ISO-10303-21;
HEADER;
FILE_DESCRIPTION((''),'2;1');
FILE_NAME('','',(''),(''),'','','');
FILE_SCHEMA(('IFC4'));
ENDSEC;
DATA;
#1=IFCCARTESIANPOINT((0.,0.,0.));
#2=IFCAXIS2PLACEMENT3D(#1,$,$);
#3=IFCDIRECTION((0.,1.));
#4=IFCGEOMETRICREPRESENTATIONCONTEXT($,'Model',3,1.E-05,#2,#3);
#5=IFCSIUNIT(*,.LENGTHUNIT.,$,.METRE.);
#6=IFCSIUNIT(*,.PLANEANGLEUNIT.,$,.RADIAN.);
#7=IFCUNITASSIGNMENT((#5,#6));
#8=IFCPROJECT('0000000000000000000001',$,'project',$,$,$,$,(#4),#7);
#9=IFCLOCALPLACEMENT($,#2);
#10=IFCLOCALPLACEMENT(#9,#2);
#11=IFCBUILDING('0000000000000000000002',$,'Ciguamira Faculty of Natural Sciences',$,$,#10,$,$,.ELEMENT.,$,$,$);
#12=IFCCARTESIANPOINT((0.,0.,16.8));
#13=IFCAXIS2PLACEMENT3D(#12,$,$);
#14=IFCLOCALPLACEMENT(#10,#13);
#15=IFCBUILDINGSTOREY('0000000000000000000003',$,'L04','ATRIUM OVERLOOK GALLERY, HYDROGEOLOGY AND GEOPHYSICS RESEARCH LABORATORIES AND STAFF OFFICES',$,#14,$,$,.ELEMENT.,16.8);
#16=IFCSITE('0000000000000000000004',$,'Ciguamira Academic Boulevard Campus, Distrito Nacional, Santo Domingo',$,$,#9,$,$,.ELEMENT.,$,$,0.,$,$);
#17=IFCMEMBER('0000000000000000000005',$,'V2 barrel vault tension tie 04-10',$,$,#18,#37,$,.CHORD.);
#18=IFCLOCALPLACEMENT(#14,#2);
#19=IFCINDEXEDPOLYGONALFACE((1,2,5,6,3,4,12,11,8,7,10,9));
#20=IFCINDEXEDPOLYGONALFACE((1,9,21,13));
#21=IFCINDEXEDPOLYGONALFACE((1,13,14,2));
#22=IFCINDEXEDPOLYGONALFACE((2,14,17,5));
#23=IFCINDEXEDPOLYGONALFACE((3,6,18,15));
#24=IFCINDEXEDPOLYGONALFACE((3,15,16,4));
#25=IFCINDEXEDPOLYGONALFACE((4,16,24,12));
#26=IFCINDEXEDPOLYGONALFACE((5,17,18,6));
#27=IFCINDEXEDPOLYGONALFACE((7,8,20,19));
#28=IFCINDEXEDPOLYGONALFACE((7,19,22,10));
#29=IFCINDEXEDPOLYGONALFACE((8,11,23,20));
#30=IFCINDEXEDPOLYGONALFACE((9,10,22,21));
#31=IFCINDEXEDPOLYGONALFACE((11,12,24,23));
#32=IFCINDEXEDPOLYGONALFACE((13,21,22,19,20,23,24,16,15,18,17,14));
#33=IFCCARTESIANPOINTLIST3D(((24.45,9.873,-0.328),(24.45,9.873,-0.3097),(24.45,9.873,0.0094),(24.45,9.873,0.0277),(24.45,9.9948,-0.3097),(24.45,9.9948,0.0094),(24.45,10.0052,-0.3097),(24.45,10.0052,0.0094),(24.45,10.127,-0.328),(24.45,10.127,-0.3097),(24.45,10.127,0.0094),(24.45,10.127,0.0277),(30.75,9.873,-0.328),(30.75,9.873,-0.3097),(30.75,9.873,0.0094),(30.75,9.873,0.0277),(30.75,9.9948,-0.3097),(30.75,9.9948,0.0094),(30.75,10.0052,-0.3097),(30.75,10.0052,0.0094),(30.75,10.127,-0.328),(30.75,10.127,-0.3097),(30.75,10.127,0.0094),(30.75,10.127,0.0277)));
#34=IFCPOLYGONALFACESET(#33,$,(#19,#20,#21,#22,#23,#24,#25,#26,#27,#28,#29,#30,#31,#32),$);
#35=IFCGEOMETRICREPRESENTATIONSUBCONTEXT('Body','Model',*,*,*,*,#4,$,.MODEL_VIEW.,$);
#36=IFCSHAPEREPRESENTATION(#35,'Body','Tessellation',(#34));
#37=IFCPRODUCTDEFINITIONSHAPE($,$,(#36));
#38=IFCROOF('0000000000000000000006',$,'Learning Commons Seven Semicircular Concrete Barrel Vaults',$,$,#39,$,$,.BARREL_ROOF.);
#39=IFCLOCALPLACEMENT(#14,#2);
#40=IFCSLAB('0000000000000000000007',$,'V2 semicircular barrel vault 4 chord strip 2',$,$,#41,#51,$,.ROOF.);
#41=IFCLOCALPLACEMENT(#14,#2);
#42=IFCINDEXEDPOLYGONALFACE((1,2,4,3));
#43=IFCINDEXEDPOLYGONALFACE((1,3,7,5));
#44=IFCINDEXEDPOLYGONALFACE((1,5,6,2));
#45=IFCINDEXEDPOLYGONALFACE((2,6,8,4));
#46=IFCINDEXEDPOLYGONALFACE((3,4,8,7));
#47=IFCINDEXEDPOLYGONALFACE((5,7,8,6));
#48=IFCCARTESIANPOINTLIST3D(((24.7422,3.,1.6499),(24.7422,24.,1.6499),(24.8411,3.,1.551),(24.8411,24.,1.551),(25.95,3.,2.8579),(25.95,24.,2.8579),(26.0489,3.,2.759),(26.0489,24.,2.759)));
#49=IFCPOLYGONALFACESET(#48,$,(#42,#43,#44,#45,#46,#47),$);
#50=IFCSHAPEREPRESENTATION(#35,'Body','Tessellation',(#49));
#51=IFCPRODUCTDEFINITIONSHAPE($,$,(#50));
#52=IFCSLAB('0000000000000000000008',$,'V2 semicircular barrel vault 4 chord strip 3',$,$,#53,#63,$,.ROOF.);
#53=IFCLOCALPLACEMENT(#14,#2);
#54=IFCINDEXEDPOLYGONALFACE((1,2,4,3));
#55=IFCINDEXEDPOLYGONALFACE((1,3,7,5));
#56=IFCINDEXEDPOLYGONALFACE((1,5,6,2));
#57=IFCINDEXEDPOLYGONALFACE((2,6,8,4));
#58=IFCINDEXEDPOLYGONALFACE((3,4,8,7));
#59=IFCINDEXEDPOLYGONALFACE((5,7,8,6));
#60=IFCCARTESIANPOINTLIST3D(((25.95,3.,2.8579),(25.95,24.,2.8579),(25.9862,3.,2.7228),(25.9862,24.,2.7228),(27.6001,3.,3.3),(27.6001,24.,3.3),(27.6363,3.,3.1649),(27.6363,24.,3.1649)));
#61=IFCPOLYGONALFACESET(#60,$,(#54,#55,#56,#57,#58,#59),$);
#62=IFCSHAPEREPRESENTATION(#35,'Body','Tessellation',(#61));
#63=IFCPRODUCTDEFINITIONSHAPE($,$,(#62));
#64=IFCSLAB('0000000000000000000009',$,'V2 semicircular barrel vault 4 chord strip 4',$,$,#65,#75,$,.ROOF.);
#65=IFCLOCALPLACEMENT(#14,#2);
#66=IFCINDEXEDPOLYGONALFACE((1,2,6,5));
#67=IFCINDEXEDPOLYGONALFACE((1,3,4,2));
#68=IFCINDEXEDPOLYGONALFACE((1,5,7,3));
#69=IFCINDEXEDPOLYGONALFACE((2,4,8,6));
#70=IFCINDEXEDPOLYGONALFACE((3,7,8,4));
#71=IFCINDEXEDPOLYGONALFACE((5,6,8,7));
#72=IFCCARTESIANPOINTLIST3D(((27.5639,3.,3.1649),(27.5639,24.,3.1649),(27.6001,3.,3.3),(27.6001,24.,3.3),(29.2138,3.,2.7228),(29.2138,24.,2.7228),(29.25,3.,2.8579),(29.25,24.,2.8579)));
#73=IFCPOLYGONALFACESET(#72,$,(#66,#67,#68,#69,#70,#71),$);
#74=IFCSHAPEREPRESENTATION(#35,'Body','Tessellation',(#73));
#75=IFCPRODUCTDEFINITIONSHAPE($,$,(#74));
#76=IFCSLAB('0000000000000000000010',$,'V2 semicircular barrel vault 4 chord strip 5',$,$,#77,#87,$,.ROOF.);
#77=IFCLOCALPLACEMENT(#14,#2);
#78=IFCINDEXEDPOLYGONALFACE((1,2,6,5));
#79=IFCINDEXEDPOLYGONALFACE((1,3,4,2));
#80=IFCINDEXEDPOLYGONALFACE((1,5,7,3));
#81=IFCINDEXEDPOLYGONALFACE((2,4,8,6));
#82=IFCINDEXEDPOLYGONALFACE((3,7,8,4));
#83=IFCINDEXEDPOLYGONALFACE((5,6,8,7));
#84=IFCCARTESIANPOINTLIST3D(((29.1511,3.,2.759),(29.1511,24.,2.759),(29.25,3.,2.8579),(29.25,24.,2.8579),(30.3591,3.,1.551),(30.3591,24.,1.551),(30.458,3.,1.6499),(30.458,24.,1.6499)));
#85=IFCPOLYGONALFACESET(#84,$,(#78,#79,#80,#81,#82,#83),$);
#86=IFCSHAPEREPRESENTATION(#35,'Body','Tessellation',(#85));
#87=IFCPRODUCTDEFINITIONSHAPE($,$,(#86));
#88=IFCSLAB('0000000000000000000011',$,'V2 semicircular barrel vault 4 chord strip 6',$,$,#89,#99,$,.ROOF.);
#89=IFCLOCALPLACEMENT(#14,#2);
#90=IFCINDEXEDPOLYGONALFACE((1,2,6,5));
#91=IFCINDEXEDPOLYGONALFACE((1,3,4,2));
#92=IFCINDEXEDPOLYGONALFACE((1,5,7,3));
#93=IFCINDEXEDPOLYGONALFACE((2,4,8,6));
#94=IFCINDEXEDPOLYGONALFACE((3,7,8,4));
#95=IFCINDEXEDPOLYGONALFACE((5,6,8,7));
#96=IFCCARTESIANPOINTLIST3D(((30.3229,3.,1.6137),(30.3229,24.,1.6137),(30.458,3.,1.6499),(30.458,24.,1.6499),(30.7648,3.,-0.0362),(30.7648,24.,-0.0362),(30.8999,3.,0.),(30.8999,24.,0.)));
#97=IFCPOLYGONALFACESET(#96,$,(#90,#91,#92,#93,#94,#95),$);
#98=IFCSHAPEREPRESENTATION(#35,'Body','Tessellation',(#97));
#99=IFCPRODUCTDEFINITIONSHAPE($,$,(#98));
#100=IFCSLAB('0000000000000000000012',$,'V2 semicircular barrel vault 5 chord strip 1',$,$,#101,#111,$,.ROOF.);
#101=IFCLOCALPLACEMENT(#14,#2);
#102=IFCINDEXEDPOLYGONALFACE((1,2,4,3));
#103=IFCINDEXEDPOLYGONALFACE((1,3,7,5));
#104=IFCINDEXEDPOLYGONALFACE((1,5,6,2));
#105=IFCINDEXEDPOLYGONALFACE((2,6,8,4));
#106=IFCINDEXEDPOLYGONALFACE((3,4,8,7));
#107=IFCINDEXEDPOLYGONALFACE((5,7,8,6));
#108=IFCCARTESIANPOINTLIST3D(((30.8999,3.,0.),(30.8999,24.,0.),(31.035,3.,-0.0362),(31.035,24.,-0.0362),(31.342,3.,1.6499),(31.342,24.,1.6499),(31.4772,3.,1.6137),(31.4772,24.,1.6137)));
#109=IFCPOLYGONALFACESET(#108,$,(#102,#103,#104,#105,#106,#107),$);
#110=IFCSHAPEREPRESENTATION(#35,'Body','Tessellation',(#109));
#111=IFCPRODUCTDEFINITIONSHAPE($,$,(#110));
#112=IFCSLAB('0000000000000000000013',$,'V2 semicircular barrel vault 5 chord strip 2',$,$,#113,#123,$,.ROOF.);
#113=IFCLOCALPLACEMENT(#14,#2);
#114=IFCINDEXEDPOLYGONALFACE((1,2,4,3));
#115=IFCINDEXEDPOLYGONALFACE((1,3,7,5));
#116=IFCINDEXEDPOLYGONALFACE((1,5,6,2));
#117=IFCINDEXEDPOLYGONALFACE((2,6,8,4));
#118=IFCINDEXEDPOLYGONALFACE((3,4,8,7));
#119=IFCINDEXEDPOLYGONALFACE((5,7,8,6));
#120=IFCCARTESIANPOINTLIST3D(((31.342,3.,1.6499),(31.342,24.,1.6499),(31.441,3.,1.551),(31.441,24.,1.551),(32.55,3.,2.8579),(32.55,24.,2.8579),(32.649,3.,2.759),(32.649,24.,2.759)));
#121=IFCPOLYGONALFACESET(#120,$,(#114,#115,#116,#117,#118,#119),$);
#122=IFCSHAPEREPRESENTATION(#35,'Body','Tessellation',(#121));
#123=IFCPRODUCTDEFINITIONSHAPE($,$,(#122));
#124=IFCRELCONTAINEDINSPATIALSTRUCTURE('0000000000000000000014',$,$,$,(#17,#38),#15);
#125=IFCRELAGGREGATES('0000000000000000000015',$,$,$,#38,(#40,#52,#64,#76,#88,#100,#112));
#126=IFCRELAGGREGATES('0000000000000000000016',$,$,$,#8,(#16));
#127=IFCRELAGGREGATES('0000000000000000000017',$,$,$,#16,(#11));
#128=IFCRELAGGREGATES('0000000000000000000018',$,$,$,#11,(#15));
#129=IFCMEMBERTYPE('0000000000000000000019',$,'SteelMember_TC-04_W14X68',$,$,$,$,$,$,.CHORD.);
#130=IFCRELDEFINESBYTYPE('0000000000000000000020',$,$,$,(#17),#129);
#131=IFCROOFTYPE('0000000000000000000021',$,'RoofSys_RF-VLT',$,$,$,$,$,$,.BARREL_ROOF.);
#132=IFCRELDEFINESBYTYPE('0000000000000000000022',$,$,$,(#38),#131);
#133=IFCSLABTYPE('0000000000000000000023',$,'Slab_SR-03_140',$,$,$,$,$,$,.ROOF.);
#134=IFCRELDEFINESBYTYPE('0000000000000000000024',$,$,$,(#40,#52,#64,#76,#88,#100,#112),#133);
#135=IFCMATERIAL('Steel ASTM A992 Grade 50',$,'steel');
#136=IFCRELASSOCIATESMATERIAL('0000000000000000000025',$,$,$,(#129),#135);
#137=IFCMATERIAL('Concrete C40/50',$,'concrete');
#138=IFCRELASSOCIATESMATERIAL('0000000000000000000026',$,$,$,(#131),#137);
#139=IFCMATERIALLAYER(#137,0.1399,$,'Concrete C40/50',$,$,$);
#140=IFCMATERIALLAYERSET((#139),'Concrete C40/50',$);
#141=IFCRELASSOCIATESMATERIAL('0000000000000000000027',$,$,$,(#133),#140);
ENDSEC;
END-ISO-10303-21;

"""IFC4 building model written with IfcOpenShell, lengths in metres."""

from ifc_helpers import new_model, si_unit, direction, frame, origin, origin_2d, place, context, subcontext, project, spatial, polyline, i_section, outline, extrude, material, layer, layer_set, material_profile, profile_set, type_object, element, aggregate, save


model = new_model("IFC4")

# Units and contexts
model_context = context("Model", 3, precision=1e-05, world=origin(), true_north=direction((0.0, 1.0)))
body_context = subcontext(model_context, "Body", "Model", "MODEL_VIEW")
ifc_project = project(units=[si_unit("LENGTHUNIT", "METRE"), si_unit("PLANEANGLEUNIT", "RADIAN")], contexts=[model_context])

# Site, building, storey
site_placement = place(None, origin())
site = spatial("IfcSite", under=ifc_project, at=site_placement, Name="Ciguamira Academic Boulevard Campus, Distrito Nacional, Santo Domingo", CompositionType="ELEMENT", RefElevation=0.0)
building_placement = place(site_placement, origin())
building = spatial("IfcBuilding", under=site, at=building_placement, Name="Ciguamira Faculty of Natural Sciences", CompositionType="ELEMENT")
storey_placement = place(building_placement, frame((0.0, 0.0, 16.8)))
storey = spatial("IfcBuildingStorey", under=building, at=storey_placement, Name="L04", Description="ATRIUM OVERLOOK GALLERY, HYDROGEOLOGY AND GEOPHYSICS RESEARCH LABORATORIES AND STAFF OFFICES", CompositionType="ELEMENT", Elevation=16.8)

# Shared definitions
ifc_material_1 = material(Name="Concrete C40/50", Category="concrete")

# Member
ifc_material_2 = material(Name="Steel ASTM A992 Grade 50", Category="steel")
ifc_material_profile_1 = material_profile(ifc_material_2, i_section(OverallWidth=0.2539, OverallDepth=0.3557, WebThickness=0.0105, FlangeThickness=0.0183, at=origin_2d()), Name="W14X68")
ifc_profile_set_1 = profile_set([ifc_material_profile_1], Name="Steel ASTM A992 Grade 50")
member_type = type_object("IfcMemberType", Name="SteelMember_TC-04_W14X68", PredefinedType="CHORD", material=ifc_profile_set_1)
member_placement = place(storey_placement, frame((24.45, 10.0, -0.1501), z_axis=(1.0, 0.0, 0.0), x_axis=(0.0, 1.0, 0.0)))
element("IfcMember", 1, at=member_placement, inside=storey, type_object=member_type, Name="V2 barrel vault tension tie 04-10", PredefinedType="CHORD", context=body_context, shape_type="SweptSolid", body=[
    extrude(i_section(OverallWidth=0.2539, OverallDepth=0.3557, WebThickness=0.0105, FlangeThickness=0.0183, at=origin_2d()), origin(), (0.0, 0.0, 1.0), 6.3),
])

# Roof, slabs
roof_type = type_object("IfcRoofType", Name="RoofSys_RF-VLT", PredefinedType="BARREL_ROOF", material=ifc_material_1)
roof_placement = place(storey_placement, origin())
roof = element("IfcRoof", 2, at=roof_placement, inside=storey, type_object=roof_type, Name="Learning Commons Seven Semicircular Concrete Barrel Vaults", PredefinedType="BARREL_ROOF")
ifc_layer = layer(ifc_material_1, 0.1399, Name="Concrete C40/50")
ifc_layer_set = layer_set([ifc_layer], Name="Concrete C40/50")
slab_type = type_object("IfcSlabType", Name="Slab_SR-03_140", PredefinedType="ROOF", material=ifc_layer_set)
slab_1_placement = place(storey_placement, frame((24.7422, 3.0, 1.6499), z_axis=(-0.707178, 0.0, 0.707035), x_axis=(0.707035, 0.0, 0.707178)))
slab_1 = element("IfcSlab", 3, at=slab_1_placement, type_object=slab_type, Name="V2 semicircular barrel vault 4 chord strip 2", PredefinedType="ROOF", context=body_context, shape_type="SweptSolid", body=[
    extrude(outline(polyline([(0.0, 0.0), (1.7082, 0.0), (1.7082, 21.0), (0.0, 21.0), (0.0, 0.0)])), origin(), (0.0, 0.0, -1.0), 0.1399),
])
slab_2_placement = place(storey_placement, frame((25.95, 3.0, 2.8579), z_axis=(-0.25881, 0.0, 0.965928), x_axis=(0.965928, 0.0, 0.25881)))
slab_2 = element("IfcSlab", 4, at=slab_2_placement, type_object=slab_type, Name="V2 semicircular barrel vault 4 chord strip 3", PredefinedType="ROOF", context=body_context, shape_type="SweptSolid", body=[
    extrude(outline(polyline([(0.0, 0.0), (1.7084, 0.0), (1.7084, 21.0), (0.0, 21.0), (0.0, 0.0)])), origin(), (0.0, 0.0, -1.0), 0.1399),
])
slab_3_placement = place(storey_placement, frame((27.6001, 3.0, 3.3), z_axis=(0.258846, 0.0, 0.965919), x_axis=(0.965919, 0.0, -0.258846)))
slab_3 = element("IfcSlab", 5, at=slab_3_placement, type_object=slab_type, Name="V2 semicircular barrel vault 4 chord strip 4", PredefinedType="ROOF", context=body_context, shape_type="SweptSolid", body=[
    extrude(outline(polyline([(0.0, 0.0), (1.7081, 0.0), (1.7081, 21.0), (0.0, 21.0), (0.0, 0.0)])), origin(), (0.0, 0.0, -1.0), 0.1399),
])
slab_4_placement = place(storey_placement, frame((29.25, 3.0, 2.8579), z_axis=(0.707107, 0.0, 0.707107), x_axis=(0.707107, 0.0, -0.707107)))
slab_4 = element("IfcSlab", 6, at=slab_4_placement, type_object=slab_type, Name="V2 semicircular barrel vault 4 chord strip 5", PredefinedType="ROOF", context=body_context, shape_type="SweptSolid", body=[
    extrude(outline(polyline([(0.0, 0.0), (1.7084, 0.0), (1.7084, 21.0), (0.0, 21.0), (0.0, 0.0)])), origin(), (0.0, 0.0, -1.0), 0.1399),
])
slab_5_placement = place(storey_placement, frame((30.458, 3.0, 1.6499), z_axis=(0.965954, 0.0, 0.258712), x_axis=(0.258712, 0.0, -0.965954)))
slab_5 = element("IfcSlab", 7, at=slab_5_placement, type_object=slab_type, Name="V2 semicircular barrel vault 4 chord strip 6", PredefinedType="ROOF", context=body_context, shape_type="SweptSolid", body=[
    extrude(outline(polyline([(0.0, 0.0), (1.7081, 0.0), (1.7081, 21.0), (0.0, 21.0), (0.0, 0.0)])), origin(), (0.0, 0.0, -1.0), 0.1399),
])
slab_6_placement = place(storey_placement, frame((30.8999, 3.0, 0.0), z_axis=(-0.965919, 0.0, 0.258846), x_axis=(0.258846, 0.0, 0.965919)))
slab_6 = element("IfcSlab", 8, at=slab_6_placement, type_object=slab_type, Name="V2 semicircular barrel vault 5 chord strip 1", PredefinedType="ROOF", context=body_context, shape_type="SweptSolid", body=[
    extrude(outline(polyline([(0.0, 0.0), (1.7081, 0.0), (1.7081, 21.0), (0.0, 21.0), (0.0, 0.0)])), origin(), (0.0, 0.0, -1.0), 0.1399),
])
slab_7_placement = place(storey_placement, frame((31.342, 3.0, 1.6499), z_axis=(-0.707107, 0.0, 0.707107), x_axis=(0.707107, 0.0, 0.707107)))
slab_7 = element("IfcSlab", 9, at=slab_7_placement, type_object=slab_type, Name="V2 semicircular barrel vault 5 chord strip 2", PredefinedType="ROOF", context=body_context, shape_type="SweptSolid", body=[
    extrude(outline(polyline([(0.0, 0.0), (1.7084, 0.0), (1.7084, 21.0), (0.0, 21.0), (0.0, 0.0)])), origin(), (0.0, 0.0, -1.0), 0.1399),
])
aggregate(roof, [slab_1, slab_2, slab_3, slab_4, slab_5, slab_6, slab_7])

save(model, "model.ifc")
